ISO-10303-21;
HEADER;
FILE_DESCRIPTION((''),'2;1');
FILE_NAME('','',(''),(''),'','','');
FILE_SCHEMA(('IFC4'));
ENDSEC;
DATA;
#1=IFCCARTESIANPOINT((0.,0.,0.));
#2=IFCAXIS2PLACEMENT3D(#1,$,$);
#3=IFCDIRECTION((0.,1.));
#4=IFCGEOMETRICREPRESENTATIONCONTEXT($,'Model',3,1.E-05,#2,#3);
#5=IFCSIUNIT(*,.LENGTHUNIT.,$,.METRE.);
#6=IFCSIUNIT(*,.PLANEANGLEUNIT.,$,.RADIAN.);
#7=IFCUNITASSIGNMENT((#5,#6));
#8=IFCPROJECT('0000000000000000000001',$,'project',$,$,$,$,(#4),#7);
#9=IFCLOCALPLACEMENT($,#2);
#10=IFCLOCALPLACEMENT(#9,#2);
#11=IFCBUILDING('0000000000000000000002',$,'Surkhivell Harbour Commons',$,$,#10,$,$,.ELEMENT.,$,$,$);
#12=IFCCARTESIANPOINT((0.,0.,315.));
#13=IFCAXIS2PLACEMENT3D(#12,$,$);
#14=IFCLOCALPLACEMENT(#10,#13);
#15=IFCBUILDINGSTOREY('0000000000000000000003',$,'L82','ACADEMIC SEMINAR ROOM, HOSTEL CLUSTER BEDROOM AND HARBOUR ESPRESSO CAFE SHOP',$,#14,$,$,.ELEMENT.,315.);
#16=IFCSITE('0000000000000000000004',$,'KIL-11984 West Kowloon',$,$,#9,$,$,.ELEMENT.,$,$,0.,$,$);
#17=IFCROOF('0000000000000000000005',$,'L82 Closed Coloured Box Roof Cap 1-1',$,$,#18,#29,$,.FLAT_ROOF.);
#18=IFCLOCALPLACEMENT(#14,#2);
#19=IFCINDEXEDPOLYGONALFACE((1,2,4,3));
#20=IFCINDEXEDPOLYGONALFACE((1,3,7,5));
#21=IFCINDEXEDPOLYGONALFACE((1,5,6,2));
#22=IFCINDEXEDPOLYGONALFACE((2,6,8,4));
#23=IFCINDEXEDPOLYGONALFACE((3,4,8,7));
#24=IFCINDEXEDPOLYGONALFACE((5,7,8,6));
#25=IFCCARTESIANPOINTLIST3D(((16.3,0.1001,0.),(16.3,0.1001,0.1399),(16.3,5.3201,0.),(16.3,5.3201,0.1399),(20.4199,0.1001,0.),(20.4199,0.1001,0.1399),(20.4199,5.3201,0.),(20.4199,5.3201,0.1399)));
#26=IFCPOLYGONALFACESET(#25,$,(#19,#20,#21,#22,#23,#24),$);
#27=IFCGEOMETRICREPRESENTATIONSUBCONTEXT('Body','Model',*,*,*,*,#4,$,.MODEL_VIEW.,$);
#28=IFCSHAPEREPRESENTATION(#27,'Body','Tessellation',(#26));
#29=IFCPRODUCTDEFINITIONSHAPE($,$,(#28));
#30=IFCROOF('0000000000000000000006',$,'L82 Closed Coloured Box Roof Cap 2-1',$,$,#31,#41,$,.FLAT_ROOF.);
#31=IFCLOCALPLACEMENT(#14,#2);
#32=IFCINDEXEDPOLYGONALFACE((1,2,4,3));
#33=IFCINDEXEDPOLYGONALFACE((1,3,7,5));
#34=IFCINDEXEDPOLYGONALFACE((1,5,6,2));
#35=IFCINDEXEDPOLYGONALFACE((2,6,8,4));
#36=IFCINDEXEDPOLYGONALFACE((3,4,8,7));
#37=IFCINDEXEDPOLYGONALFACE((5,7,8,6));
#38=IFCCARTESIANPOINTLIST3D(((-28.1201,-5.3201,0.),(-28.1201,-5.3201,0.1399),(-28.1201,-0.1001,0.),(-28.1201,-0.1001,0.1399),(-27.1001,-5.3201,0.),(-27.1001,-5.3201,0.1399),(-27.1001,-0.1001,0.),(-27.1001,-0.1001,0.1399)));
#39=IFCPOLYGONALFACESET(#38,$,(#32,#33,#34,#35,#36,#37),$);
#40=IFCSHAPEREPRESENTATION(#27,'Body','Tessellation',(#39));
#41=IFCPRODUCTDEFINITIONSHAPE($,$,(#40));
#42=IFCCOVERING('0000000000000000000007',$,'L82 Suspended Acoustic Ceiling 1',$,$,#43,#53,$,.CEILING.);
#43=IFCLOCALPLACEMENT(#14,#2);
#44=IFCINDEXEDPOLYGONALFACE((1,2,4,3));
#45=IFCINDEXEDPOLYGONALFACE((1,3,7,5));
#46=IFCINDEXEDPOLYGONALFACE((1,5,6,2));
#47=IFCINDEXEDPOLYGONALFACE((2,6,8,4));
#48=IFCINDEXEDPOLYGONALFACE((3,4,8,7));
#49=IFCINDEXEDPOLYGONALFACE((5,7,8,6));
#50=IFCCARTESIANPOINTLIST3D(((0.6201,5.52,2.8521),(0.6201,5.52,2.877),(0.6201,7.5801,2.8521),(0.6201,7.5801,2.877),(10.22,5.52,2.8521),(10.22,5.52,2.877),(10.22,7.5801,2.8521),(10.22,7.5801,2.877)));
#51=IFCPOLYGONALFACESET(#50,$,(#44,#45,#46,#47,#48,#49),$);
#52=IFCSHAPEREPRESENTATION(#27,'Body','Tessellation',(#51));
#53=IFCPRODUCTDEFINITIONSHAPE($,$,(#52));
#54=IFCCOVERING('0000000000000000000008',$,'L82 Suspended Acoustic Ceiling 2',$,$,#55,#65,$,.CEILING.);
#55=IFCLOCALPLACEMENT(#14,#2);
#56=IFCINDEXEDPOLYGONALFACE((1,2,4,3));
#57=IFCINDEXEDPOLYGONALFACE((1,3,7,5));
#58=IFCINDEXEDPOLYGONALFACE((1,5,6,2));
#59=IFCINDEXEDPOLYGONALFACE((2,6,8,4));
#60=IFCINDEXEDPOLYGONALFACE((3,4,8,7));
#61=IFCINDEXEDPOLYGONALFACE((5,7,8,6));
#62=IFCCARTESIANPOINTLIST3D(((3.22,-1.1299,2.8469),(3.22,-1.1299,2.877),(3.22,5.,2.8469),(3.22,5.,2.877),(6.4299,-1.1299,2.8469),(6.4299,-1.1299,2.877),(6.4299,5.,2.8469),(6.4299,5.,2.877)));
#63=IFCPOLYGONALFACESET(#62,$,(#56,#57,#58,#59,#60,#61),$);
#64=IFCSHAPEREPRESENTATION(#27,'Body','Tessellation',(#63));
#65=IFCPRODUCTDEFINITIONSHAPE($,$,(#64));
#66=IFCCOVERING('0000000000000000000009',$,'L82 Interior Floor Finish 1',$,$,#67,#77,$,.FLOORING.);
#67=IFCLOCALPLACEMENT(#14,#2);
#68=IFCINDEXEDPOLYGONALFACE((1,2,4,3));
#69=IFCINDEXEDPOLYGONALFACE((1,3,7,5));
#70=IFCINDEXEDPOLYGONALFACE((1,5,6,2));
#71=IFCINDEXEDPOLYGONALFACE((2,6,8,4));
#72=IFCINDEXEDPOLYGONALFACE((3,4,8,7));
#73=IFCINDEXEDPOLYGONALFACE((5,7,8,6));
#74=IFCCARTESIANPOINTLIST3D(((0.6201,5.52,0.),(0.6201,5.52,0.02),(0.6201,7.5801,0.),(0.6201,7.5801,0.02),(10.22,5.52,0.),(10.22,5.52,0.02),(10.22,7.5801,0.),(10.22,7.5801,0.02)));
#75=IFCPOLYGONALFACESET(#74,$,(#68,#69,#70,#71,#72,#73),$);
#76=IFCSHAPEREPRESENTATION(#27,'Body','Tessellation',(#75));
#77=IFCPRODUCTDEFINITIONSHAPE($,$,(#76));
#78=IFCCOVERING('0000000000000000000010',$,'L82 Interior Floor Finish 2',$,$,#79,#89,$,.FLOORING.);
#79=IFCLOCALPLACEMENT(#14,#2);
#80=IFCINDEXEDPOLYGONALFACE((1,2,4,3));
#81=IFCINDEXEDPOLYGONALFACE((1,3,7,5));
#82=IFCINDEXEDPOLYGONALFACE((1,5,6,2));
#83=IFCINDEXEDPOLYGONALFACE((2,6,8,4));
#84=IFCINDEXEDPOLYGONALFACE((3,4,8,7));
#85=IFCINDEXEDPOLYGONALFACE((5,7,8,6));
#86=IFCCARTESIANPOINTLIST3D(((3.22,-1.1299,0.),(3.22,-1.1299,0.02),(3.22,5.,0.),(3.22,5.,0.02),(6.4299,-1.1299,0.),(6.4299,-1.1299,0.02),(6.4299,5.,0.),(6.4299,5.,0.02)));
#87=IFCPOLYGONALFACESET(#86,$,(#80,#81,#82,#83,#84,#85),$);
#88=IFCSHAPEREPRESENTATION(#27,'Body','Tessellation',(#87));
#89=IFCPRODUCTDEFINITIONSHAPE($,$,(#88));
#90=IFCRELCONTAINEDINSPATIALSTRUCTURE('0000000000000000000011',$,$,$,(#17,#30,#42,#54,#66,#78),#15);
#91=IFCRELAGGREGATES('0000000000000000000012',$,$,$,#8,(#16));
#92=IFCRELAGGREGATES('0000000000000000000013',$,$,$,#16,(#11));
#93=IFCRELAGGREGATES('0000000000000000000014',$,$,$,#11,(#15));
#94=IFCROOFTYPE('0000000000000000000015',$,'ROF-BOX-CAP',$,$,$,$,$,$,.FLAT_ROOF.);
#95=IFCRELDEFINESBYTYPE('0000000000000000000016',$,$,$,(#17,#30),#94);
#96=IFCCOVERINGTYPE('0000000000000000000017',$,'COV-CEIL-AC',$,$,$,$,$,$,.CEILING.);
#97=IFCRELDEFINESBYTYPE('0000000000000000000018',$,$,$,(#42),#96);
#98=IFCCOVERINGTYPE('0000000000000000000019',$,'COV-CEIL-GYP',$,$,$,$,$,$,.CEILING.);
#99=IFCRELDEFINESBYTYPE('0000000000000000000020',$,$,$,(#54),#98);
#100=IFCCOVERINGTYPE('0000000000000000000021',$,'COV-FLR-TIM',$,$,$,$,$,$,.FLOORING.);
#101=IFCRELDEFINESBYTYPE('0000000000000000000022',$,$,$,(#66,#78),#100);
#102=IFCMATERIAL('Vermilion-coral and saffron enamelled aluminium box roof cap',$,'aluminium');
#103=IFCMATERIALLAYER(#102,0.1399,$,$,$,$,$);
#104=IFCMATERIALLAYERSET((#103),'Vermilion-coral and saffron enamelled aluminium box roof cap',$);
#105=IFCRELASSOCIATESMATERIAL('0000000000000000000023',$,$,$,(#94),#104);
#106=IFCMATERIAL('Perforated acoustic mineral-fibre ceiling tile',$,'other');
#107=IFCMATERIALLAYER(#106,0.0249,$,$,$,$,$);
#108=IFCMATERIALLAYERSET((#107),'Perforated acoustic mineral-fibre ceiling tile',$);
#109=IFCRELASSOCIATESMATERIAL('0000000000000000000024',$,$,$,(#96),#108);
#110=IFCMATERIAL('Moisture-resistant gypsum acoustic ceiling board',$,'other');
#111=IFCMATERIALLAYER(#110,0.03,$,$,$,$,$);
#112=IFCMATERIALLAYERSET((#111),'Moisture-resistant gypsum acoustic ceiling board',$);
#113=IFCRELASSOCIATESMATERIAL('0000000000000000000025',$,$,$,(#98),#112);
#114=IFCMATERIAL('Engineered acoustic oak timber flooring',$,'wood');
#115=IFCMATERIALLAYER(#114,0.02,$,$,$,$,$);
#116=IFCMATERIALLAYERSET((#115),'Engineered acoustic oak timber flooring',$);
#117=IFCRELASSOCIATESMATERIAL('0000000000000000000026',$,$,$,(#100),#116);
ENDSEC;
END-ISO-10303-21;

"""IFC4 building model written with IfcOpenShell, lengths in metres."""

from ifc_helpers import new_model, si_unit, direction, frame, origin, place, context, subcontext, project, spatial, polyline, outline, extrude, material, layer, layer_set, type_object, element, save


model = new_model("IFC4")

# Units and contexts
model_context = context("Model", 3, precision=1e-05, world=origin(), true_north=direction((0.0, 1.0)))
body_context = subcontext(model_context, "Body", "Model", "MODEL_VIEW")
ifc_project = project(units=[si_unit("LENGTHUNIT", "METRE"), si_unit("PLANEANGLEUNIT", "RADIAN")], contexts=[model_context])

# Site, building, storey
site_placement = place(None, origin())
site = spatial("IfcSite", under=ifc_project, at=site_placement, Name="KIL-11984 West Kowloon", CompositionType="ELEMENT", RefElevation=0.0)
building_placement = place(site_placement, origin())
building = spatial("IfcBuilding", under=site, at=building_placement, Name="Surkhivell Harbour Commons", CompositionType="ELEMENT")
storey_placement = place(building_placement, frame((0.0, 0.0, 315.0)))
storey = spatial("IfcBuildingStorey", under=building, at=storey_placement, Name="L82", Description="ACADEMIC SEMINAR ROOM, HOSTEL CLUSTER BEDROOM AND HARBOUR ESPRESSO CAFE SHOP", CompositionType="ELEMENT", Elevation=315.0)

# Roofs
ifc_material_1 = material(Name="Vermilion-coral and saffron enamelled aluminium box roof cap", Category="aluminium")
ifc_layer_1 = layer(ifc_material_1, 0.1399)
ifc_layer_set_1 = layer_set([ifc_layer_1], Name="Vermilion-coral and saffron enamelled aluminium box roof cap")
roof_type = type_object("IfcRoofType", Name="ROF-BOX-CAP", PredefinedType="FLAT_ROOF", material=ifc_layer_set_1)
roof_1_placement = place(storey_placement, origin())
element("IfcRoof", 1, at=roof_1_placement, inside=storey, type_object=roof_type, Name="L82 Closed Coloured Box Roof Cap 1-1", PredefinedType="FLAT_ROOF", context=body_context, shape_type="SweptSolid", body=[
    extrude(outline(polyline([(16.3, 5.3201), (16.3, 0.1001), (20.4199, 0.1001), (20.4199, 5.3201), (16.3, 5.3201)])), origin(), (0.0, 0.0, 1.0), 0.1399),
])
roof_2_placement = place(storey_placement, origin())
element("IfcRoof", 2, at=roof_2_placement, inside=storey, type_object=roof_type, Name="L82 Closed Coloured Box Roof Cap 2-1", PredefinedType="FLAT_ROOF", context=body_context, shape_type="SweptSolid", body=[
    extrude(outline(polyline([(-27.1001, -5.3201), (-27.1001, -0.1001), (-28.1201, -0.1001), (-28.1201, -5.3201), (-27.1001, -5.3201)])), origin(), (0.0, 0.0, 1.0), 0.1399),
])

# Coverings
ifc_material_2 = material(Name="Perforated acoustic mineral-fibre ceiling tile", Category="other")
ifc_layer_2 = layer(ifc_material_2, 0.0249)
ifc_layer_set_2 = layer_set([ifc_layer_2], Name="Perforated acoustic mineral-fibre ceiling tile")
covering_type_1 = type_object("IfcCoveringType", Name="COV-CEIL-AC", PredefinedType="CEILING", material=ifc_layer_set_2)
covering_1_placement = place(storey_placement, frame((0.0, 0.0, 2.8521)))
element("IfcCovering", 3, at=covering_1_placement, inside=storey, type_object=covering_type_1, Name="L82 Suspended Acoustic Ceiling 1", PredefinedType="CEILING", context=body_context, shape_type="SweptSolid", body=[
    extrude(outline(polyline([(0.6201, 5.52), (10.22, 5.52), (10.22, 7.5801), (0.6201, 7.5801), (0.6201, 5.52)])), origin(), (0.0, 0.0, 1.0), 0.0249),
])
ifc_material_3 = material(Name="Moisture-resistant gypsum acoustic ceiling board", Category="other")
ifc_layer_3 = layer(ifc_material_3, 0.03)
ifc_layer_set_3 = layer_set([ifc_layer_3], Name="Moisture-resistant gypsum acoustic ceiling board")
covering_type_2 = type_object("IfcCoveringType", Name="COV-CEIL-GYP", PredefinedType="CEILING", material=ifc_layer_set_3)
covering_2_placement = place(storey_placement, frame((0.0, 0.0, 2.8469)))
element("IfcCovering", 4, at=covering_2_placement, inside=storey, type_object=covering_type_2, Name="L82 Suspended Acoustic Ceiling 2", PredefinedType="CEILING", context=body_context, shape_type="SweptSolid", body=[
    extrude(outline(polyline([(3.22, -1.1299), (6.4299, -1.1299), (6.4299, 5.0), (3.22, 5.0), (3.22, -1.1299)])), origin(), (0.0, 0.0, 1.0), 0.03),
])
ifc_material_4 = material(Name="Engineered acoustic oak timber flooring", Category="wood")
ifc_layer_4 = layer(ifc_material_4, 0.02)
ifc_layer_set_4 = layer_set([ifc_layer_4], Name="Engineered acoustic oak timber flooring")
covering_type_3 = type_object("IfcCoveringType", Name="COV-FLR-TIM", PredefinedType="FLOORING", material=ifc_layer_set_4)
covering_3_placement = place(storey_placement, origin())
element("IfcCovering", 5, at=covering_3_placement, inside=storey, type_object=covering_type_3, Name="L82 Interior Floor Finish 1", PredefinedType="FLOORING", context=body_context, shape_type="SweptSolid", body=[
    extrude(outline(polyline([(0.6201, 5.52), (10.22, 5.52), (10.22, 7.5801), (0.6201, 7.5801), (0.6201, 5.52)])), origin(), (0.0, 0.0, 1.0), 0.02),
])
covering_4_placement = place(storey_placement, origin())
element("IfcCovering", 6, at=covering_4_placement, inside=storey, type_object=covering_type_3, Name="L82 Interior Floor Finish 2", PredefinedType="FLOORING", context=body_context, shape_type="SweptSolid", body=[
    extrude(outline(polyline([(3.22, -1.1299), (6.4299, -1.1299), (6.4299, 5.0), (3.22, 5.0), (3.22, -1.1299)])), origin(), (0.0, 0.0, 1.0), 0.02),
])

save(model, "model.ifc")
